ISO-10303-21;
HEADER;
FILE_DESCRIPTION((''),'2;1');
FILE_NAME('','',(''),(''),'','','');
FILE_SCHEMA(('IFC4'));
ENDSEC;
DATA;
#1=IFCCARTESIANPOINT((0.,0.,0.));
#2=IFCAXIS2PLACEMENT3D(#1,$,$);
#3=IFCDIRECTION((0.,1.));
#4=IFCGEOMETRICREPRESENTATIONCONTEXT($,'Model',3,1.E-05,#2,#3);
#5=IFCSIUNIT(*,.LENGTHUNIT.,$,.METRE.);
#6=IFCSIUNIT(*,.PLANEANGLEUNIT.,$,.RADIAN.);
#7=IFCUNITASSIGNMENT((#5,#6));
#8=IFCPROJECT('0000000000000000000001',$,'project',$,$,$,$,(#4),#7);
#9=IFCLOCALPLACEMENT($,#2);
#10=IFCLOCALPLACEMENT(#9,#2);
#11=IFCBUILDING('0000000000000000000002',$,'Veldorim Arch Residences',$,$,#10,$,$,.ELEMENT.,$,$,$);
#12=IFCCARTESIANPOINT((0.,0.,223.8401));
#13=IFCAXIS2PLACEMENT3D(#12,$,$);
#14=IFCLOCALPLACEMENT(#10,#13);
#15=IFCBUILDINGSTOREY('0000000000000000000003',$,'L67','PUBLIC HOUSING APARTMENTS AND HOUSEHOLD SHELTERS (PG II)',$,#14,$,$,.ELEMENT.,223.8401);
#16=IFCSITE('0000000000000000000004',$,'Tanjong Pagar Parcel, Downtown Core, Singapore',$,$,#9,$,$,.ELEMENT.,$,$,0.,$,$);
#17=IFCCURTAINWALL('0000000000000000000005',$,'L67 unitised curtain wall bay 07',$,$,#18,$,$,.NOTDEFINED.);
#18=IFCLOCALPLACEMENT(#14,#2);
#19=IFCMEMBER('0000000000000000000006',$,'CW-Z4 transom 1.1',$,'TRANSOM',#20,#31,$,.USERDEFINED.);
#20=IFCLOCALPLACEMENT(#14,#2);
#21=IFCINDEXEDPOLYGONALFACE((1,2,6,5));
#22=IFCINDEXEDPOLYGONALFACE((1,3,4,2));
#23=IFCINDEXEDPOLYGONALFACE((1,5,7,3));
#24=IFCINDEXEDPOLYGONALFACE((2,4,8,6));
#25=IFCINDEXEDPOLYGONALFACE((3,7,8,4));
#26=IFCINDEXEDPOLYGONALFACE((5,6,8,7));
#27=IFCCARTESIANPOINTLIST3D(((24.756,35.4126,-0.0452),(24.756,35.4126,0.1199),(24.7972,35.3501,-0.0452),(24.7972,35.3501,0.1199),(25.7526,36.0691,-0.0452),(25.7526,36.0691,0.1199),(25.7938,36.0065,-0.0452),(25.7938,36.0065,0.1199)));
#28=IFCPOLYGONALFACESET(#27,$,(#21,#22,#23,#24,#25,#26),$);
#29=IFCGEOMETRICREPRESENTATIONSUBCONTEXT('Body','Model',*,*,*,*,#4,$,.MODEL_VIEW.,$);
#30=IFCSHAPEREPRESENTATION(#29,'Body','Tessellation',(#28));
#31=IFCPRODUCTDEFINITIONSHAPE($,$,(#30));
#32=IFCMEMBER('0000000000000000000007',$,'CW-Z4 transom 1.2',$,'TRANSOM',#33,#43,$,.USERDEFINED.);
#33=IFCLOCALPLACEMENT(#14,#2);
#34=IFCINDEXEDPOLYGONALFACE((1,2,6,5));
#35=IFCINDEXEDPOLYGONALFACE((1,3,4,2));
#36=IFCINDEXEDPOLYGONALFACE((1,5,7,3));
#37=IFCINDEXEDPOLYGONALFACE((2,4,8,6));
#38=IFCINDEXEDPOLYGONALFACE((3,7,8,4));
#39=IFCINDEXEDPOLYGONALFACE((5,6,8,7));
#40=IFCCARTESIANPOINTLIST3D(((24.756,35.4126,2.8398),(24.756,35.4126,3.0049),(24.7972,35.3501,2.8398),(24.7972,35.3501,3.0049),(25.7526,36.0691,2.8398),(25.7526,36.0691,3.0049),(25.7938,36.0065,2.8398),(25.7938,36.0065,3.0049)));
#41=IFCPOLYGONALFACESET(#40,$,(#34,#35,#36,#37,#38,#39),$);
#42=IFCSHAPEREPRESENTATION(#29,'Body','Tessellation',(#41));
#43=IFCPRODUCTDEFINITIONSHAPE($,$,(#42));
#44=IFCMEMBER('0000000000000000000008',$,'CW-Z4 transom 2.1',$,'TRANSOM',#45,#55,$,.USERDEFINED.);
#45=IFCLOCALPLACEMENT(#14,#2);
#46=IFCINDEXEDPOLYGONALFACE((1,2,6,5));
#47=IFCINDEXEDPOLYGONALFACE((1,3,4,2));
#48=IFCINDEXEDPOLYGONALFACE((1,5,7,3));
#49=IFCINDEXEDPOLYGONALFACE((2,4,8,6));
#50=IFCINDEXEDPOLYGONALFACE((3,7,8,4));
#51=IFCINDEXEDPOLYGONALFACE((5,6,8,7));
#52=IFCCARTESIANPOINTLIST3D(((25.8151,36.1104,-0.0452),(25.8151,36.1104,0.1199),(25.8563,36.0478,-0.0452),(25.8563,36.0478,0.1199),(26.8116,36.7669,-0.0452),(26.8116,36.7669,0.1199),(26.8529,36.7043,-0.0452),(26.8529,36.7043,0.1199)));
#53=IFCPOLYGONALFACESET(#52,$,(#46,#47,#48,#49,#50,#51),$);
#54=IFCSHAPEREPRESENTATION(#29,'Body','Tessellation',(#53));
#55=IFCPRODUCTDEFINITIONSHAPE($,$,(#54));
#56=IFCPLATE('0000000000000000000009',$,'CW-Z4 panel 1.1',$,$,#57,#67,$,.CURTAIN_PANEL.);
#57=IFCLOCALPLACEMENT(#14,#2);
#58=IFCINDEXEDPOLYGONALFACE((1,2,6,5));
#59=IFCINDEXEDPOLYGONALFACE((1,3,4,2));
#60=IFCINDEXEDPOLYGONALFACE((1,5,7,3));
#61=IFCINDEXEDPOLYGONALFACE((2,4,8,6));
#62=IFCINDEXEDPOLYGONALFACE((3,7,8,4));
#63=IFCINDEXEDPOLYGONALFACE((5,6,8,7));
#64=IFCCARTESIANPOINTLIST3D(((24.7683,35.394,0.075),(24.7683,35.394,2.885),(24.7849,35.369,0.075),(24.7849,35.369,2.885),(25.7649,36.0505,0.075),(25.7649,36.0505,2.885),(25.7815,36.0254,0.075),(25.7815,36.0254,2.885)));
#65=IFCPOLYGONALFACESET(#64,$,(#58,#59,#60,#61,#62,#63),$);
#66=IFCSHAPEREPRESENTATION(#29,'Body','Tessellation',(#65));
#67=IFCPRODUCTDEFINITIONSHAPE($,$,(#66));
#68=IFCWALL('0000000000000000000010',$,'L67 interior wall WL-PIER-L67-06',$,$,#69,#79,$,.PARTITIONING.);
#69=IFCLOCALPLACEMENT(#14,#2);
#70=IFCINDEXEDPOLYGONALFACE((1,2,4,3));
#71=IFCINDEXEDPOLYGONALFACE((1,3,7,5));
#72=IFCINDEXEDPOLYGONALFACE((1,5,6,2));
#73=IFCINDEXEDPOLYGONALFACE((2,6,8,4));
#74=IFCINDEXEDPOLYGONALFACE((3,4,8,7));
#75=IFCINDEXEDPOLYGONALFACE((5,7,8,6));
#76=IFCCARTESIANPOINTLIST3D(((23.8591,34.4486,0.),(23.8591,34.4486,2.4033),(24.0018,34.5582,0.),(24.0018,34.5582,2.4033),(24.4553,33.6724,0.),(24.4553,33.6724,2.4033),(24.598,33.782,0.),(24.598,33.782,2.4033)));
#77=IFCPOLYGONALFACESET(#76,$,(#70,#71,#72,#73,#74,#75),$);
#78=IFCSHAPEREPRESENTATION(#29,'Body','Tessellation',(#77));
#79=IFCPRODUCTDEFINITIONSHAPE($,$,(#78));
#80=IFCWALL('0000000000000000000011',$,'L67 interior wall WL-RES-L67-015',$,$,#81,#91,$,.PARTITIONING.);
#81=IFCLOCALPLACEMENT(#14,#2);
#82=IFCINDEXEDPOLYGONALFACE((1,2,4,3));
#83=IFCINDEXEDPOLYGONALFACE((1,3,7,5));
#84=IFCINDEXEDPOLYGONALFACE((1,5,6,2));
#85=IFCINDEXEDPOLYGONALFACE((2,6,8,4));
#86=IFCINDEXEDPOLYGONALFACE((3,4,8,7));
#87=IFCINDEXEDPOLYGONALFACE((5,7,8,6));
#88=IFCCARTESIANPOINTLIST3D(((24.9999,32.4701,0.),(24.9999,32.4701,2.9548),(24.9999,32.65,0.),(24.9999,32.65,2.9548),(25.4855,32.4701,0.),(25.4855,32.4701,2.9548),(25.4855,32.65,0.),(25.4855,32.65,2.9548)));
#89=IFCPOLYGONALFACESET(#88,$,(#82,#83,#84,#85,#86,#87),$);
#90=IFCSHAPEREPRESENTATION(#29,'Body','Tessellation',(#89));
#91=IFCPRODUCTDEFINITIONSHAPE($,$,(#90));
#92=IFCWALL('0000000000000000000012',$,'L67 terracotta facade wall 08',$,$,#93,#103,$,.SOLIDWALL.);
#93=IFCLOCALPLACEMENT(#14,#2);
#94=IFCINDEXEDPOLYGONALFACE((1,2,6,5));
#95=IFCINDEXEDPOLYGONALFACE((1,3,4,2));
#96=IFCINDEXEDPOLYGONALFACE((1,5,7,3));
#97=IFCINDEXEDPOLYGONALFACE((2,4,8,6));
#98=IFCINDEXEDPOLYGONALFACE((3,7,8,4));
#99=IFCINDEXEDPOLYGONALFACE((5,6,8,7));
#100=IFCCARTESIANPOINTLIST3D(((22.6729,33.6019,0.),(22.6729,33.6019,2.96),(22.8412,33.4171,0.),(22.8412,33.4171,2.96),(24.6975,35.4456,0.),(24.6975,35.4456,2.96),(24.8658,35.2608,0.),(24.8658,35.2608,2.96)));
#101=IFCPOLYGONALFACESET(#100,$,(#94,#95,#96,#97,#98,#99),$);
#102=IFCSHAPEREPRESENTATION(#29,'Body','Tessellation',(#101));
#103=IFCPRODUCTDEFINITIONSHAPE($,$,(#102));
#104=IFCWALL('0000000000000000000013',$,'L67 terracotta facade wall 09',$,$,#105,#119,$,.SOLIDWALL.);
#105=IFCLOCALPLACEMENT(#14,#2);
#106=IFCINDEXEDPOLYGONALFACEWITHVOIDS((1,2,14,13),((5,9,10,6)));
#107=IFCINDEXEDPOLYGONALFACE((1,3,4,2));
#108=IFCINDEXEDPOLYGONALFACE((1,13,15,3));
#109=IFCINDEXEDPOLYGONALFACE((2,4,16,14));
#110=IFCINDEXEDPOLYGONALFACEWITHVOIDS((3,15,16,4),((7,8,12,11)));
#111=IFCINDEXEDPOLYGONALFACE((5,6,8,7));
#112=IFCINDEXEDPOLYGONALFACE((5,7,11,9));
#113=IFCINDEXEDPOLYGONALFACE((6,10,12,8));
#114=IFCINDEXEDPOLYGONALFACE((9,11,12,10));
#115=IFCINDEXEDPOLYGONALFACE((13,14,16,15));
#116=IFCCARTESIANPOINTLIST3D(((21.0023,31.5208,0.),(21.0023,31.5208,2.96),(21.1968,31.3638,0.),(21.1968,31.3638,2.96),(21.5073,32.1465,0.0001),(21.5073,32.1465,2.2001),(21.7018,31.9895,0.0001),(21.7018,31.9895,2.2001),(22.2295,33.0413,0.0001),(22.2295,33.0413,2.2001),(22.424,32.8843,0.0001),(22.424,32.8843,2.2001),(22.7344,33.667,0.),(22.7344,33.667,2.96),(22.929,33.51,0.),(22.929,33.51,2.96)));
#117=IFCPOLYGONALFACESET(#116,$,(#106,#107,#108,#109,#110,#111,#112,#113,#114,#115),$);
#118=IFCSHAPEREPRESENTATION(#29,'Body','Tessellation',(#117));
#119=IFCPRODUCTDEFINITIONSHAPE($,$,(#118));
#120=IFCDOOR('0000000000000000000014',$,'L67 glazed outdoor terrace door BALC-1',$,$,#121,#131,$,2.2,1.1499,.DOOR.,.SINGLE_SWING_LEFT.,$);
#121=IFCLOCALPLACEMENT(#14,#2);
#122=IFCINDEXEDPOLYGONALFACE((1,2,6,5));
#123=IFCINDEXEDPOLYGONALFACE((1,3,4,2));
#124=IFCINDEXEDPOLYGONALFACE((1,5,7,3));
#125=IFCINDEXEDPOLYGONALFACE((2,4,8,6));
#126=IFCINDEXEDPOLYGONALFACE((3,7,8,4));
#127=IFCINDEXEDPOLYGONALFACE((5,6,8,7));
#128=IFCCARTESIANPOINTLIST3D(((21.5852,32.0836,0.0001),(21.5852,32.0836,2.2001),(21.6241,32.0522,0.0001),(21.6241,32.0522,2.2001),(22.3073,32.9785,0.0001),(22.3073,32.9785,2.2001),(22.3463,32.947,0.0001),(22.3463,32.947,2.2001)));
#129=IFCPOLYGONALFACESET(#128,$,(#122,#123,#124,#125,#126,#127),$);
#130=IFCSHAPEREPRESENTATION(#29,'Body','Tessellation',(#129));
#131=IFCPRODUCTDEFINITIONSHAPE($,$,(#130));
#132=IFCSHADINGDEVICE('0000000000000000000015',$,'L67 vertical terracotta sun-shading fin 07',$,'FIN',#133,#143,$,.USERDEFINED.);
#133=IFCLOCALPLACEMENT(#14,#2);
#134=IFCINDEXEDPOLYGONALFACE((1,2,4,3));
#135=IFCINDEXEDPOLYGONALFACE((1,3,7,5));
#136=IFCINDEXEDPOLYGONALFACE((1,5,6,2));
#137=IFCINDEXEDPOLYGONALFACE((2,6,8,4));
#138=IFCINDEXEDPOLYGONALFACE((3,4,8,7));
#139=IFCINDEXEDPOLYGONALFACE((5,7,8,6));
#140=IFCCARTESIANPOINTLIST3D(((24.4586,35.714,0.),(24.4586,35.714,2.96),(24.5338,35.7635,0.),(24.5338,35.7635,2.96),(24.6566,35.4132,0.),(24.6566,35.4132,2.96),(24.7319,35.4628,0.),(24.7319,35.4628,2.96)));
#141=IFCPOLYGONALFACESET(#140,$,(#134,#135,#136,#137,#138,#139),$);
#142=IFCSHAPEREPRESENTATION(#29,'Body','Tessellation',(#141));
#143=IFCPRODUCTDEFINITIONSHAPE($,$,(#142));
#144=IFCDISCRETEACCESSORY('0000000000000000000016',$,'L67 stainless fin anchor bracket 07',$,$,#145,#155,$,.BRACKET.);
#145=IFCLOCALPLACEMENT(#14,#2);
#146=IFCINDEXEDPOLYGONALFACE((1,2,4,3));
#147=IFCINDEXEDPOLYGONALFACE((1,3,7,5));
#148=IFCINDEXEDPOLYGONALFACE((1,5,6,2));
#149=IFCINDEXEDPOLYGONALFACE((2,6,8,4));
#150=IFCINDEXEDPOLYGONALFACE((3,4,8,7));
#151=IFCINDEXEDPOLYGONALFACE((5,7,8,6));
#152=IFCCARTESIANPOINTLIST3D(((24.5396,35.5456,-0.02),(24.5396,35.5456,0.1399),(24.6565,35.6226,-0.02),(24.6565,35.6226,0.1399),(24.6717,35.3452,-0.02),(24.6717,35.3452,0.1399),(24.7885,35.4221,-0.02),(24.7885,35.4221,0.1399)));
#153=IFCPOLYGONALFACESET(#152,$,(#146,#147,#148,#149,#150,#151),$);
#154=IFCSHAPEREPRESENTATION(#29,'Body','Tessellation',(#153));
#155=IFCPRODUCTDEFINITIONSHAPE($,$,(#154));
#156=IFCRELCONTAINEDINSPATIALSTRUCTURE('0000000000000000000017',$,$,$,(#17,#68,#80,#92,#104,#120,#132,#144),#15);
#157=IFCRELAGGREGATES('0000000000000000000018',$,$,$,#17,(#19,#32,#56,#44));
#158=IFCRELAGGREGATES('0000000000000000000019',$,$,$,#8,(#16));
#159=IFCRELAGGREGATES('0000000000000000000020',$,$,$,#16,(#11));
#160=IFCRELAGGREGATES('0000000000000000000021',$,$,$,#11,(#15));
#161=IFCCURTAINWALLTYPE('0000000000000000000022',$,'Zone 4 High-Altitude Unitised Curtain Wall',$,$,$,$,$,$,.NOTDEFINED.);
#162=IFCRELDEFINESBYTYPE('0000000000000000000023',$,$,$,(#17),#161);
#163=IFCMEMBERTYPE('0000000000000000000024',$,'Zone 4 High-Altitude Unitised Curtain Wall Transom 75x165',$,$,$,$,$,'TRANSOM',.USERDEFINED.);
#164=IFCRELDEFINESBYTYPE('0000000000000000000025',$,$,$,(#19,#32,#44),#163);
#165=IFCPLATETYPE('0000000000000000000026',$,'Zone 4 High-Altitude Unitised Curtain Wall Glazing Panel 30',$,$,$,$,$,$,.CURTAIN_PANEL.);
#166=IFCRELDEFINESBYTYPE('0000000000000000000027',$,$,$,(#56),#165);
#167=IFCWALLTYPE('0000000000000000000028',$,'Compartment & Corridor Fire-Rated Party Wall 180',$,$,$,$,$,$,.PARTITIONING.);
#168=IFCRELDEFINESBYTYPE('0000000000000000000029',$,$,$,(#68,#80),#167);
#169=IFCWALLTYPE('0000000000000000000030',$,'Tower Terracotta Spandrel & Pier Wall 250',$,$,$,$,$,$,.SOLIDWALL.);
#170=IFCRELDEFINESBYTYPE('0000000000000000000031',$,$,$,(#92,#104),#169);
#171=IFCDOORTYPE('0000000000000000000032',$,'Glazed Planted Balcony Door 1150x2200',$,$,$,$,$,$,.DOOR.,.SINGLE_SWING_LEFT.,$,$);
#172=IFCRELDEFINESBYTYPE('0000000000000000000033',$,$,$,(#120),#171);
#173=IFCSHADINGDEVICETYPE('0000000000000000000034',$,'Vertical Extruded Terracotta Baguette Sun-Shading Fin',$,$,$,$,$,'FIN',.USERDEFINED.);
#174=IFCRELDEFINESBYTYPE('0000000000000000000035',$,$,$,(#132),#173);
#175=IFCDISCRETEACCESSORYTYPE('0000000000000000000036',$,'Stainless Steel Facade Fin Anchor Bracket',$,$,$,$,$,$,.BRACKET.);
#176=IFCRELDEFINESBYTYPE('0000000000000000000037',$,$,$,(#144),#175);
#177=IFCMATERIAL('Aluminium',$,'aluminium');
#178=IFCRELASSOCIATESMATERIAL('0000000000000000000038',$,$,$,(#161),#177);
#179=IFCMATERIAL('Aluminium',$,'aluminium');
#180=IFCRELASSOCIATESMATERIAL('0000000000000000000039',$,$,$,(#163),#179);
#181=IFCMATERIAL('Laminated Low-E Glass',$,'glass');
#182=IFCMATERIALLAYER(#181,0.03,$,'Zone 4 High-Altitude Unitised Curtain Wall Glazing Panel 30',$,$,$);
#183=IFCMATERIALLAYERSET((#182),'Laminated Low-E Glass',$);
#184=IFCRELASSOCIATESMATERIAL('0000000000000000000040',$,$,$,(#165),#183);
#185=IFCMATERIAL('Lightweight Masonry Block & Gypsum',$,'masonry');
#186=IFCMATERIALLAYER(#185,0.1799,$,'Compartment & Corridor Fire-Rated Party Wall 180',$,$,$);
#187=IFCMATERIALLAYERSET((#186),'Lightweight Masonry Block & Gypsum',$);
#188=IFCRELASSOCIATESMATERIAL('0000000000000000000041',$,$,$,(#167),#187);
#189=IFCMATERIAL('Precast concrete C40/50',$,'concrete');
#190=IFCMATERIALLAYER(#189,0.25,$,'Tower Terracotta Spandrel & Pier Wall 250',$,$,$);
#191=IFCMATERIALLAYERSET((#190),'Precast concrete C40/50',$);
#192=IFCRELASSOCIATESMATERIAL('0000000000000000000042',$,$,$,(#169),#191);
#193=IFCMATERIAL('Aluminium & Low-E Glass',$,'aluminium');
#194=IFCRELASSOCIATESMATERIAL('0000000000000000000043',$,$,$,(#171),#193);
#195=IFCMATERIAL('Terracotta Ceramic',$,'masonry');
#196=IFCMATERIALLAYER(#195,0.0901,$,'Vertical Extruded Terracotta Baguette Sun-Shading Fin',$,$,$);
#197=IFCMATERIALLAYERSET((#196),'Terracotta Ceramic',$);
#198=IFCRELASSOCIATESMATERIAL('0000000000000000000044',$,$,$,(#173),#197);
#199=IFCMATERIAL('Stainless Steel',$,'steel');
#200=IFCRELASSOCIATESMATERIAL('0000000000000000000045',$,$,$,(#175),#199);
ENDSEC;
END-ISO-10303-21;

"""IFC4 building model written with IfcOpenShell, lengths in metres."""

from ifc_helpers import new_model, si_unit, direction, frame, frame_2d, origin, origin_2d, place, context, subcontext, project, spatial, rectangle, extrude, material, layer, layer_set, material_profile, profile_set, type_object, element, fill, aggregate, save


model = new_model("IFC4")

# Units and contexts
model_context = context("Model", 3, precision=1e-05, world=origin(), true_north=direction((0.0, 1.0)))
body_context = subcontext(model_context, "Body", "Model", "MODEL_VIEW")
ifc_project = project(units=[si_unit("LENGTHUNIT", "METRE"), si_unit("PLANEANGLEUNIT", "RADIAN")], contexts=[model_context])

# Site, building, storey
site_placement = place(None, origin())
site = spatial("IfcSite", under=ifc_project, at=site_placement, Name="Tanjong Pagar Parcel, Downtown Core, Singapore", CompositionType="ELEMENT", RefElevation=0.0)
building_placement = place(site_placement, origin())
building = spatial("IfcBuilding", under=site, at=building_placement, Name="Veldorim Arch Residences", CompositionType="ELEMENT")
storey_placement = place(building_placement, frame((0.0, 0.0, 223.8401)))
storey = spatial("IfcBuildingStorey", under=building, at=storey_placement, Name="L67", Description="PUBLIC HOUSING APARTMENTS AND HOUSEHOLD SHELTERS (PG II)", CompositionType="ELEMENT", Elevation=223.8401)

# Curtain wall, members, plate
ifc_material_1 = material(Name="Aluminium", Category="aluminium")
curtain_wall_type = type_object("IfcCurtainWallType", Name="Zone 4 High-Altitude Unitised Curtain Wall", PredefinedType="NOTDEFINED", material=ifc_material_1)
curtain_wall_placement = place(storey_placement, origin())
curtain_wall = element("IfcCurtainWall", 1, at=curtain_wall_placement, inside=storey, type_object=curtain_wall_type, Name="L67 unitised curtain wall bay 07", PredefinedType="NOTDEFINED")
ifc_material_2 = material(Name="Aluminium", Category="aluminium")
ifc_material_profile_1 = material_profile(ifc_material_2, rectangle(XDim=0.075, YDim=0.165, at=origin_2d()), Name="ALU_TRN_75x165")
ifc_profile_set_1 = profile_set([ifc_material_profile_1], Name="Aluminium")
member_type_1 = type_object("IfcMemberType", Name="Zone 4 High-Altitude Unitised Curtain Wall Transom 75x165", ElementType="TRANSOM", PredefinedType="USERDEFINED", material=ifc_profile_set_1)
member_1_placement = place(storey_placement, frame((24.7766, 35.3813, 0.0374), z_axis=(0.835091, 0.550112, 0.0), x_axis=(-0.550112, 0.835091, 0.0)))
member_1 = element("IfcMember", 2, at=member_1_placement, type_object=member_type_1, Name="CW-Z4 transom 1.1", ObjectType="TRANSOM", PredefinedType="USERDEFINED", context=body_context, shape_type="SweptSolid", body=[
    extrude(rectangle(XDim=0.075, YDim=0.165, at=origin_2d()), origin(), (0.0, 0.0, 1.0), 1.1934),
])
member_2_placement = place(storey_placement, frame((24.7766, 35.3813, 2.9224), z_axis=(0.835091, 0.550112, 0.0), x_axis=(-0.550112, 0.835091, 0.0)))
member_2 = element("IfcMember", 3, at=member_2_placement, type_object=member_type_1, Name="CW-Z4 transom 1.2", ObjectType="TRANSOM", PredefinedType="USERDEFINED", context=body_context, shape_type="SweptSolid", body=[
    extrude(rectangle(XDim=0.075, YDim=0.165, at=origin_2d()), origin(), (0.0, 0.0, 1.0), 1.1934),
])
member_3_placement = place(storey_placement, frame((25.8357, 36.0791, 0.0374), z_axis=(0.835091, 0.550112, 0.0), x_axis=(-0.550112, 0.835091, 0.0)))
member_3 = element("IfcMember", 4, at=member_3_placement, type_object=member_type_1, Name="CW-Z4 transom 2.1", ObjectType="TRANSOM", PredefinedType="USERDEFINED", context=body_context, shape_type="SweptSolid", body=[
    extrude(rectangle(XDim=0.075, YDim=0.165, at=origin_2d()), origin(), (0.0, 0.0, 1.0), 1.1934),
])
ifc_material_3 = material(Name="Laminated Low-E Glass", Category="glass")
ifc_layer_1 = layer(ifc_material_3, 0.03, Name="Zone 4 High-Altitude Unitised Curtain Wall Glazing Panel 30")
ifc_layer_set_1 = layer_set([ifc_layer_1], Name="Laminated Low-E Glass")
plate_type = type_object("IfcPlateType", Name="Zone 4 High-Altitude Unitised Curtain Wall Glazing Panel 30", PredefinedType="CURTAIN_PANEL", material=ifc_layer_set_1)
plate_placement = place(storey_placement, frame((25.2749, 35.7097, 0.075), z_axis=(0.0, 0.0, 1.0), x_axis=(0.835124, 0.550062, 0.0)))
plate = element("IfcPlate", 5, at=plate_placement, type_object=plate_type, Name="CW-Z4 panel 1.1", PredefinedType="CURTAIN_PANEL", context=body_context, shape_type="SweptSolid", body=[
    extrude(rectangle(XDim=1.1934, YDim=0.03, at=origin_2d()), origin(), (0.0, 0.0, 1.0), 2.8101),
])
aggregate(curtain_wall, [member_1, member_2, plate, member_3])

# Walls
ifc_material_4 = material(Name="Lightweight Masonry Block & Gypsum", Category="masonry")
ifc_layer_2 = layer(ifc_material_4, 0.1799, Name="Compartment & Corridor Fire-Rated Party Wall 180")
ifc_layer_set_2 = layer_set([ifc_layer_2], Name="Lightweight Masonry Block & Gypsum")
wall_type_1 = type_object("IfcWallType", Name="Compartment & Corridor Fire-Rated Party Wall 180", PredefinedType="PARTITIONING", material=ifc_layer_set_2)
wall_1_placement = place(storey_placement, frame((24.5266, 33.7273, 0.0), z_axis=(0.0, 0.0, 1.0), x_axis=(-0.60918, 0.793032, 0.0)))
element("IfcWall", 6, at=wall_1_placement, inside=storey, type_object=wall_type_1, Name="L67 interior wall WL-PIER-L67-06", PredefinedType="PARTITIONING", context=body_context, shape_type="SweptSolid", body=[
    extrude(rectangle(XDim=0.9788, YDim=0.1799, at=frame_2d((0.4893, 0.0))), origin(), (0.0, 0.0, 1.0), 2.4033),
])
wall_2_placement = place(storey_placement, frame((25.0, 32.5601, 0.0), z_axis=(0.0, 0.0, 1.0), x_axis=(1.0, 0.0, 0.0)))
element("IfcWall", 7, at=wall_2_placement, inside=storey, type_object=wall_type_1, Name="L67 interior wall WL-RES-L67-015", PredefinedType="PARTITIONING", context=body_context, shape_type="SweptSolid", body=[
    extrude(rectangle(XDim=0.4856, YDim=0.1799, at=frame_2d((0.2427, 0.0))), origin(), (0.0, 0.0, 1.0), 2.9548),
])
ifc_material_5 = material(Name="Precast concrete C40/50", Category="concrete")
ifc_layer_3 = layer(ifc_material_5, 0.25, Name="Tower Terracotta Spandrel & Pier Wall 250")
ifc_layer_set_3 = layer_set([ifc_layer_3], Name="Precast concrete C40/50")
wall_type_2 = type_object("IfcWallType", Name="Tower Terracotta Spandrel & Pier Wall 250", PredefinedType="SOLIDWALL", material=ifc_layer_set_3)
wall_3_placement = place(storey_placement, frame((22.7571, 33.5095, 0.0), z_axis=(0.0, 0.0, 1.0), x_axis=(0.739367, 0.673303, 0.0)))
element("IfcWall", 8, at=wall_3_placement, inside=storey, type_object=wall_type_2, Name="L67 terracotta facade wall 08", PredefinedType="SOLIDWALL", context=body_context, shape_type="SweptSolid", body=[
    extrude(rectangle(XDim=2.7383, YDim=0.25, at=frame_2d((1.3691, 0.0))), origin(), (0.0, 0.0, 1.0), 2.96),
])

# Wall, opening, door
wall_4_placement = place(storey_placement, frame((21.0996, 31.4424, 0.0), z_axis=(0.0, 0.0, 1.0), x_axis=(0.628047, 0.778176, 0.0)))
wall_4 = element("IfcWall", 9, at=wall_4_placement, inside=storey, type_object=wall_type_2, Name="L67 terracotta facade wall 09", PredefinedType="SOLIDWALL", context=body_context, shape_type="SweptSolid", body=[
    extrude(rectangle(XDim=2.7581, YDim=0.25, at=frame_2d((1.3789, 0.0))), origin(), (0.0, 0.0, 1.0), 2.96),
])
opening_placement = place(wall_4_placement, frame((0.804, 0.0, 0.0)))
opening = element("IfcOpeningElement", 10, at=opening_placement, cuts=wall_4, PredefinedType="OPENING", context=body_context, shape_type="SweptSolid", body=[
    extrude(rectangle(XDim=1.1499, YDim=2.2, at=frame_2d((0.575, 1.1001))), frame((0.0, 0.135, 0.0), z_axis=(0.0, -1.0, 0.0), x_axis=(1.0, 0.0, 0.0)), (0.0, 0.0, 1.0), 0.27),
])
ifc_material_6 = material(Name="Aluminium & Low-E Glass", Category="aluminium")
door_type = type_object("IfcDoorType", Name="Glazed Planted Balcony Door 1150x2200", OperationType="SINGLE_SWING_LEFT", PredefinedType="DOOR", material=ifc_material_6)
door_placement = place(opening_placement, origin())
door = element("IfcDoor", 11, at=door_placement, inside=storey, type_object=door_type, Name="L67 glazed outdoor terrace door BALC-1", OperationType="SINGLE_SWING_LEFT", OverallHeight=2.2, OverallWidth=1.1499, PredefinedType="DOOR", context=body_context, shape_type="SweptSolid", body=[
    extrude(rectangle(XDim=1.1499, YDim=2.2, at=frame_2d((0.575, 1.1001))), frame((0.0, 0.0249, 0.0), z_axis=(0.0, -1.0, 0.0), x_axis=(1.0, 0.0, 0.0)), (0.0, 0.0, 1.0), 0.05),
])
fill(opening, door)

# Shading device
ifc_material_7 = material(Name="Terracotta Ceramic", Category="masonry")
ifc_layer_4 = layer(ifc_material_7, 0.0901, Name="Vertical Extruded Terracotta Baguette Sun-Shading Fin")
ifc_layer_set_4 = layer_set([ifc_layer_4], Name="Terracotta Ceramic")
shading_device_type = type_object("IfcShadingDeviceType", Name="Vertical Extruded Terracotta Baguette Sun-Shading Fin", ElementType="FIN", PredefinedType="USERDEFINED", material=ifc_layer_set_4)
shading_device_placement = place(storey_placement, frame((24.5952, 35.5884, 0.0), z_axis=(0.0, 0.0, 1.0), x_axis=(0.835136, 0.550044, 0.0)))
element("IfcShadingDevice", 12, at=shading_device_placement, inside=storey, type_object=shading_device_type, Name="L67 vertical terracotta sun-shading fin 07", ObjectType="FIN", PredefinedType="USERDEFINED", context=body_context, shape_type="SweptSolid", body=[
    extrude(rectangle(XDim=0.0901, YDim=0.3601, at=origin_2d()), origin(), (0.0, 0.0, 1.0), 2.96),
])

# Discrete accessory
ifc_material_8 = material(Name="Stainless Steel", Category="steel")
discrete_accessory_type = type_object("IfcDiscreteAccessoryType", Name="Stainless Steel Facade Fin Anchor Bracket", PredefinedType="BRACKET", material=ifc_material_8)
discrete_accessory_placement = place(storey_placement, frame((24.6641, 35.4839, -0.02), z_axis=(0.0, 0.0, 1.0), x_axis=(0.835136, 0.550044, 0.0)))
element("IfcDiscreteAccessory", 13, at=discrete_accessory_placement, inside=storey, type_object=discrete_accessory_type, Name="L67 stainless fin anchor bracket 07", PredefinedType="BRACKET", context=body_context, shape_type="SweptSolid", body=[
    extrude(rectangle(XDim=0.1399, YDim=0.24, at=origin_2d()), origin(), (0.0, 0.0, 1.0), 0.1599),
])

save(model, "model.ifc")
